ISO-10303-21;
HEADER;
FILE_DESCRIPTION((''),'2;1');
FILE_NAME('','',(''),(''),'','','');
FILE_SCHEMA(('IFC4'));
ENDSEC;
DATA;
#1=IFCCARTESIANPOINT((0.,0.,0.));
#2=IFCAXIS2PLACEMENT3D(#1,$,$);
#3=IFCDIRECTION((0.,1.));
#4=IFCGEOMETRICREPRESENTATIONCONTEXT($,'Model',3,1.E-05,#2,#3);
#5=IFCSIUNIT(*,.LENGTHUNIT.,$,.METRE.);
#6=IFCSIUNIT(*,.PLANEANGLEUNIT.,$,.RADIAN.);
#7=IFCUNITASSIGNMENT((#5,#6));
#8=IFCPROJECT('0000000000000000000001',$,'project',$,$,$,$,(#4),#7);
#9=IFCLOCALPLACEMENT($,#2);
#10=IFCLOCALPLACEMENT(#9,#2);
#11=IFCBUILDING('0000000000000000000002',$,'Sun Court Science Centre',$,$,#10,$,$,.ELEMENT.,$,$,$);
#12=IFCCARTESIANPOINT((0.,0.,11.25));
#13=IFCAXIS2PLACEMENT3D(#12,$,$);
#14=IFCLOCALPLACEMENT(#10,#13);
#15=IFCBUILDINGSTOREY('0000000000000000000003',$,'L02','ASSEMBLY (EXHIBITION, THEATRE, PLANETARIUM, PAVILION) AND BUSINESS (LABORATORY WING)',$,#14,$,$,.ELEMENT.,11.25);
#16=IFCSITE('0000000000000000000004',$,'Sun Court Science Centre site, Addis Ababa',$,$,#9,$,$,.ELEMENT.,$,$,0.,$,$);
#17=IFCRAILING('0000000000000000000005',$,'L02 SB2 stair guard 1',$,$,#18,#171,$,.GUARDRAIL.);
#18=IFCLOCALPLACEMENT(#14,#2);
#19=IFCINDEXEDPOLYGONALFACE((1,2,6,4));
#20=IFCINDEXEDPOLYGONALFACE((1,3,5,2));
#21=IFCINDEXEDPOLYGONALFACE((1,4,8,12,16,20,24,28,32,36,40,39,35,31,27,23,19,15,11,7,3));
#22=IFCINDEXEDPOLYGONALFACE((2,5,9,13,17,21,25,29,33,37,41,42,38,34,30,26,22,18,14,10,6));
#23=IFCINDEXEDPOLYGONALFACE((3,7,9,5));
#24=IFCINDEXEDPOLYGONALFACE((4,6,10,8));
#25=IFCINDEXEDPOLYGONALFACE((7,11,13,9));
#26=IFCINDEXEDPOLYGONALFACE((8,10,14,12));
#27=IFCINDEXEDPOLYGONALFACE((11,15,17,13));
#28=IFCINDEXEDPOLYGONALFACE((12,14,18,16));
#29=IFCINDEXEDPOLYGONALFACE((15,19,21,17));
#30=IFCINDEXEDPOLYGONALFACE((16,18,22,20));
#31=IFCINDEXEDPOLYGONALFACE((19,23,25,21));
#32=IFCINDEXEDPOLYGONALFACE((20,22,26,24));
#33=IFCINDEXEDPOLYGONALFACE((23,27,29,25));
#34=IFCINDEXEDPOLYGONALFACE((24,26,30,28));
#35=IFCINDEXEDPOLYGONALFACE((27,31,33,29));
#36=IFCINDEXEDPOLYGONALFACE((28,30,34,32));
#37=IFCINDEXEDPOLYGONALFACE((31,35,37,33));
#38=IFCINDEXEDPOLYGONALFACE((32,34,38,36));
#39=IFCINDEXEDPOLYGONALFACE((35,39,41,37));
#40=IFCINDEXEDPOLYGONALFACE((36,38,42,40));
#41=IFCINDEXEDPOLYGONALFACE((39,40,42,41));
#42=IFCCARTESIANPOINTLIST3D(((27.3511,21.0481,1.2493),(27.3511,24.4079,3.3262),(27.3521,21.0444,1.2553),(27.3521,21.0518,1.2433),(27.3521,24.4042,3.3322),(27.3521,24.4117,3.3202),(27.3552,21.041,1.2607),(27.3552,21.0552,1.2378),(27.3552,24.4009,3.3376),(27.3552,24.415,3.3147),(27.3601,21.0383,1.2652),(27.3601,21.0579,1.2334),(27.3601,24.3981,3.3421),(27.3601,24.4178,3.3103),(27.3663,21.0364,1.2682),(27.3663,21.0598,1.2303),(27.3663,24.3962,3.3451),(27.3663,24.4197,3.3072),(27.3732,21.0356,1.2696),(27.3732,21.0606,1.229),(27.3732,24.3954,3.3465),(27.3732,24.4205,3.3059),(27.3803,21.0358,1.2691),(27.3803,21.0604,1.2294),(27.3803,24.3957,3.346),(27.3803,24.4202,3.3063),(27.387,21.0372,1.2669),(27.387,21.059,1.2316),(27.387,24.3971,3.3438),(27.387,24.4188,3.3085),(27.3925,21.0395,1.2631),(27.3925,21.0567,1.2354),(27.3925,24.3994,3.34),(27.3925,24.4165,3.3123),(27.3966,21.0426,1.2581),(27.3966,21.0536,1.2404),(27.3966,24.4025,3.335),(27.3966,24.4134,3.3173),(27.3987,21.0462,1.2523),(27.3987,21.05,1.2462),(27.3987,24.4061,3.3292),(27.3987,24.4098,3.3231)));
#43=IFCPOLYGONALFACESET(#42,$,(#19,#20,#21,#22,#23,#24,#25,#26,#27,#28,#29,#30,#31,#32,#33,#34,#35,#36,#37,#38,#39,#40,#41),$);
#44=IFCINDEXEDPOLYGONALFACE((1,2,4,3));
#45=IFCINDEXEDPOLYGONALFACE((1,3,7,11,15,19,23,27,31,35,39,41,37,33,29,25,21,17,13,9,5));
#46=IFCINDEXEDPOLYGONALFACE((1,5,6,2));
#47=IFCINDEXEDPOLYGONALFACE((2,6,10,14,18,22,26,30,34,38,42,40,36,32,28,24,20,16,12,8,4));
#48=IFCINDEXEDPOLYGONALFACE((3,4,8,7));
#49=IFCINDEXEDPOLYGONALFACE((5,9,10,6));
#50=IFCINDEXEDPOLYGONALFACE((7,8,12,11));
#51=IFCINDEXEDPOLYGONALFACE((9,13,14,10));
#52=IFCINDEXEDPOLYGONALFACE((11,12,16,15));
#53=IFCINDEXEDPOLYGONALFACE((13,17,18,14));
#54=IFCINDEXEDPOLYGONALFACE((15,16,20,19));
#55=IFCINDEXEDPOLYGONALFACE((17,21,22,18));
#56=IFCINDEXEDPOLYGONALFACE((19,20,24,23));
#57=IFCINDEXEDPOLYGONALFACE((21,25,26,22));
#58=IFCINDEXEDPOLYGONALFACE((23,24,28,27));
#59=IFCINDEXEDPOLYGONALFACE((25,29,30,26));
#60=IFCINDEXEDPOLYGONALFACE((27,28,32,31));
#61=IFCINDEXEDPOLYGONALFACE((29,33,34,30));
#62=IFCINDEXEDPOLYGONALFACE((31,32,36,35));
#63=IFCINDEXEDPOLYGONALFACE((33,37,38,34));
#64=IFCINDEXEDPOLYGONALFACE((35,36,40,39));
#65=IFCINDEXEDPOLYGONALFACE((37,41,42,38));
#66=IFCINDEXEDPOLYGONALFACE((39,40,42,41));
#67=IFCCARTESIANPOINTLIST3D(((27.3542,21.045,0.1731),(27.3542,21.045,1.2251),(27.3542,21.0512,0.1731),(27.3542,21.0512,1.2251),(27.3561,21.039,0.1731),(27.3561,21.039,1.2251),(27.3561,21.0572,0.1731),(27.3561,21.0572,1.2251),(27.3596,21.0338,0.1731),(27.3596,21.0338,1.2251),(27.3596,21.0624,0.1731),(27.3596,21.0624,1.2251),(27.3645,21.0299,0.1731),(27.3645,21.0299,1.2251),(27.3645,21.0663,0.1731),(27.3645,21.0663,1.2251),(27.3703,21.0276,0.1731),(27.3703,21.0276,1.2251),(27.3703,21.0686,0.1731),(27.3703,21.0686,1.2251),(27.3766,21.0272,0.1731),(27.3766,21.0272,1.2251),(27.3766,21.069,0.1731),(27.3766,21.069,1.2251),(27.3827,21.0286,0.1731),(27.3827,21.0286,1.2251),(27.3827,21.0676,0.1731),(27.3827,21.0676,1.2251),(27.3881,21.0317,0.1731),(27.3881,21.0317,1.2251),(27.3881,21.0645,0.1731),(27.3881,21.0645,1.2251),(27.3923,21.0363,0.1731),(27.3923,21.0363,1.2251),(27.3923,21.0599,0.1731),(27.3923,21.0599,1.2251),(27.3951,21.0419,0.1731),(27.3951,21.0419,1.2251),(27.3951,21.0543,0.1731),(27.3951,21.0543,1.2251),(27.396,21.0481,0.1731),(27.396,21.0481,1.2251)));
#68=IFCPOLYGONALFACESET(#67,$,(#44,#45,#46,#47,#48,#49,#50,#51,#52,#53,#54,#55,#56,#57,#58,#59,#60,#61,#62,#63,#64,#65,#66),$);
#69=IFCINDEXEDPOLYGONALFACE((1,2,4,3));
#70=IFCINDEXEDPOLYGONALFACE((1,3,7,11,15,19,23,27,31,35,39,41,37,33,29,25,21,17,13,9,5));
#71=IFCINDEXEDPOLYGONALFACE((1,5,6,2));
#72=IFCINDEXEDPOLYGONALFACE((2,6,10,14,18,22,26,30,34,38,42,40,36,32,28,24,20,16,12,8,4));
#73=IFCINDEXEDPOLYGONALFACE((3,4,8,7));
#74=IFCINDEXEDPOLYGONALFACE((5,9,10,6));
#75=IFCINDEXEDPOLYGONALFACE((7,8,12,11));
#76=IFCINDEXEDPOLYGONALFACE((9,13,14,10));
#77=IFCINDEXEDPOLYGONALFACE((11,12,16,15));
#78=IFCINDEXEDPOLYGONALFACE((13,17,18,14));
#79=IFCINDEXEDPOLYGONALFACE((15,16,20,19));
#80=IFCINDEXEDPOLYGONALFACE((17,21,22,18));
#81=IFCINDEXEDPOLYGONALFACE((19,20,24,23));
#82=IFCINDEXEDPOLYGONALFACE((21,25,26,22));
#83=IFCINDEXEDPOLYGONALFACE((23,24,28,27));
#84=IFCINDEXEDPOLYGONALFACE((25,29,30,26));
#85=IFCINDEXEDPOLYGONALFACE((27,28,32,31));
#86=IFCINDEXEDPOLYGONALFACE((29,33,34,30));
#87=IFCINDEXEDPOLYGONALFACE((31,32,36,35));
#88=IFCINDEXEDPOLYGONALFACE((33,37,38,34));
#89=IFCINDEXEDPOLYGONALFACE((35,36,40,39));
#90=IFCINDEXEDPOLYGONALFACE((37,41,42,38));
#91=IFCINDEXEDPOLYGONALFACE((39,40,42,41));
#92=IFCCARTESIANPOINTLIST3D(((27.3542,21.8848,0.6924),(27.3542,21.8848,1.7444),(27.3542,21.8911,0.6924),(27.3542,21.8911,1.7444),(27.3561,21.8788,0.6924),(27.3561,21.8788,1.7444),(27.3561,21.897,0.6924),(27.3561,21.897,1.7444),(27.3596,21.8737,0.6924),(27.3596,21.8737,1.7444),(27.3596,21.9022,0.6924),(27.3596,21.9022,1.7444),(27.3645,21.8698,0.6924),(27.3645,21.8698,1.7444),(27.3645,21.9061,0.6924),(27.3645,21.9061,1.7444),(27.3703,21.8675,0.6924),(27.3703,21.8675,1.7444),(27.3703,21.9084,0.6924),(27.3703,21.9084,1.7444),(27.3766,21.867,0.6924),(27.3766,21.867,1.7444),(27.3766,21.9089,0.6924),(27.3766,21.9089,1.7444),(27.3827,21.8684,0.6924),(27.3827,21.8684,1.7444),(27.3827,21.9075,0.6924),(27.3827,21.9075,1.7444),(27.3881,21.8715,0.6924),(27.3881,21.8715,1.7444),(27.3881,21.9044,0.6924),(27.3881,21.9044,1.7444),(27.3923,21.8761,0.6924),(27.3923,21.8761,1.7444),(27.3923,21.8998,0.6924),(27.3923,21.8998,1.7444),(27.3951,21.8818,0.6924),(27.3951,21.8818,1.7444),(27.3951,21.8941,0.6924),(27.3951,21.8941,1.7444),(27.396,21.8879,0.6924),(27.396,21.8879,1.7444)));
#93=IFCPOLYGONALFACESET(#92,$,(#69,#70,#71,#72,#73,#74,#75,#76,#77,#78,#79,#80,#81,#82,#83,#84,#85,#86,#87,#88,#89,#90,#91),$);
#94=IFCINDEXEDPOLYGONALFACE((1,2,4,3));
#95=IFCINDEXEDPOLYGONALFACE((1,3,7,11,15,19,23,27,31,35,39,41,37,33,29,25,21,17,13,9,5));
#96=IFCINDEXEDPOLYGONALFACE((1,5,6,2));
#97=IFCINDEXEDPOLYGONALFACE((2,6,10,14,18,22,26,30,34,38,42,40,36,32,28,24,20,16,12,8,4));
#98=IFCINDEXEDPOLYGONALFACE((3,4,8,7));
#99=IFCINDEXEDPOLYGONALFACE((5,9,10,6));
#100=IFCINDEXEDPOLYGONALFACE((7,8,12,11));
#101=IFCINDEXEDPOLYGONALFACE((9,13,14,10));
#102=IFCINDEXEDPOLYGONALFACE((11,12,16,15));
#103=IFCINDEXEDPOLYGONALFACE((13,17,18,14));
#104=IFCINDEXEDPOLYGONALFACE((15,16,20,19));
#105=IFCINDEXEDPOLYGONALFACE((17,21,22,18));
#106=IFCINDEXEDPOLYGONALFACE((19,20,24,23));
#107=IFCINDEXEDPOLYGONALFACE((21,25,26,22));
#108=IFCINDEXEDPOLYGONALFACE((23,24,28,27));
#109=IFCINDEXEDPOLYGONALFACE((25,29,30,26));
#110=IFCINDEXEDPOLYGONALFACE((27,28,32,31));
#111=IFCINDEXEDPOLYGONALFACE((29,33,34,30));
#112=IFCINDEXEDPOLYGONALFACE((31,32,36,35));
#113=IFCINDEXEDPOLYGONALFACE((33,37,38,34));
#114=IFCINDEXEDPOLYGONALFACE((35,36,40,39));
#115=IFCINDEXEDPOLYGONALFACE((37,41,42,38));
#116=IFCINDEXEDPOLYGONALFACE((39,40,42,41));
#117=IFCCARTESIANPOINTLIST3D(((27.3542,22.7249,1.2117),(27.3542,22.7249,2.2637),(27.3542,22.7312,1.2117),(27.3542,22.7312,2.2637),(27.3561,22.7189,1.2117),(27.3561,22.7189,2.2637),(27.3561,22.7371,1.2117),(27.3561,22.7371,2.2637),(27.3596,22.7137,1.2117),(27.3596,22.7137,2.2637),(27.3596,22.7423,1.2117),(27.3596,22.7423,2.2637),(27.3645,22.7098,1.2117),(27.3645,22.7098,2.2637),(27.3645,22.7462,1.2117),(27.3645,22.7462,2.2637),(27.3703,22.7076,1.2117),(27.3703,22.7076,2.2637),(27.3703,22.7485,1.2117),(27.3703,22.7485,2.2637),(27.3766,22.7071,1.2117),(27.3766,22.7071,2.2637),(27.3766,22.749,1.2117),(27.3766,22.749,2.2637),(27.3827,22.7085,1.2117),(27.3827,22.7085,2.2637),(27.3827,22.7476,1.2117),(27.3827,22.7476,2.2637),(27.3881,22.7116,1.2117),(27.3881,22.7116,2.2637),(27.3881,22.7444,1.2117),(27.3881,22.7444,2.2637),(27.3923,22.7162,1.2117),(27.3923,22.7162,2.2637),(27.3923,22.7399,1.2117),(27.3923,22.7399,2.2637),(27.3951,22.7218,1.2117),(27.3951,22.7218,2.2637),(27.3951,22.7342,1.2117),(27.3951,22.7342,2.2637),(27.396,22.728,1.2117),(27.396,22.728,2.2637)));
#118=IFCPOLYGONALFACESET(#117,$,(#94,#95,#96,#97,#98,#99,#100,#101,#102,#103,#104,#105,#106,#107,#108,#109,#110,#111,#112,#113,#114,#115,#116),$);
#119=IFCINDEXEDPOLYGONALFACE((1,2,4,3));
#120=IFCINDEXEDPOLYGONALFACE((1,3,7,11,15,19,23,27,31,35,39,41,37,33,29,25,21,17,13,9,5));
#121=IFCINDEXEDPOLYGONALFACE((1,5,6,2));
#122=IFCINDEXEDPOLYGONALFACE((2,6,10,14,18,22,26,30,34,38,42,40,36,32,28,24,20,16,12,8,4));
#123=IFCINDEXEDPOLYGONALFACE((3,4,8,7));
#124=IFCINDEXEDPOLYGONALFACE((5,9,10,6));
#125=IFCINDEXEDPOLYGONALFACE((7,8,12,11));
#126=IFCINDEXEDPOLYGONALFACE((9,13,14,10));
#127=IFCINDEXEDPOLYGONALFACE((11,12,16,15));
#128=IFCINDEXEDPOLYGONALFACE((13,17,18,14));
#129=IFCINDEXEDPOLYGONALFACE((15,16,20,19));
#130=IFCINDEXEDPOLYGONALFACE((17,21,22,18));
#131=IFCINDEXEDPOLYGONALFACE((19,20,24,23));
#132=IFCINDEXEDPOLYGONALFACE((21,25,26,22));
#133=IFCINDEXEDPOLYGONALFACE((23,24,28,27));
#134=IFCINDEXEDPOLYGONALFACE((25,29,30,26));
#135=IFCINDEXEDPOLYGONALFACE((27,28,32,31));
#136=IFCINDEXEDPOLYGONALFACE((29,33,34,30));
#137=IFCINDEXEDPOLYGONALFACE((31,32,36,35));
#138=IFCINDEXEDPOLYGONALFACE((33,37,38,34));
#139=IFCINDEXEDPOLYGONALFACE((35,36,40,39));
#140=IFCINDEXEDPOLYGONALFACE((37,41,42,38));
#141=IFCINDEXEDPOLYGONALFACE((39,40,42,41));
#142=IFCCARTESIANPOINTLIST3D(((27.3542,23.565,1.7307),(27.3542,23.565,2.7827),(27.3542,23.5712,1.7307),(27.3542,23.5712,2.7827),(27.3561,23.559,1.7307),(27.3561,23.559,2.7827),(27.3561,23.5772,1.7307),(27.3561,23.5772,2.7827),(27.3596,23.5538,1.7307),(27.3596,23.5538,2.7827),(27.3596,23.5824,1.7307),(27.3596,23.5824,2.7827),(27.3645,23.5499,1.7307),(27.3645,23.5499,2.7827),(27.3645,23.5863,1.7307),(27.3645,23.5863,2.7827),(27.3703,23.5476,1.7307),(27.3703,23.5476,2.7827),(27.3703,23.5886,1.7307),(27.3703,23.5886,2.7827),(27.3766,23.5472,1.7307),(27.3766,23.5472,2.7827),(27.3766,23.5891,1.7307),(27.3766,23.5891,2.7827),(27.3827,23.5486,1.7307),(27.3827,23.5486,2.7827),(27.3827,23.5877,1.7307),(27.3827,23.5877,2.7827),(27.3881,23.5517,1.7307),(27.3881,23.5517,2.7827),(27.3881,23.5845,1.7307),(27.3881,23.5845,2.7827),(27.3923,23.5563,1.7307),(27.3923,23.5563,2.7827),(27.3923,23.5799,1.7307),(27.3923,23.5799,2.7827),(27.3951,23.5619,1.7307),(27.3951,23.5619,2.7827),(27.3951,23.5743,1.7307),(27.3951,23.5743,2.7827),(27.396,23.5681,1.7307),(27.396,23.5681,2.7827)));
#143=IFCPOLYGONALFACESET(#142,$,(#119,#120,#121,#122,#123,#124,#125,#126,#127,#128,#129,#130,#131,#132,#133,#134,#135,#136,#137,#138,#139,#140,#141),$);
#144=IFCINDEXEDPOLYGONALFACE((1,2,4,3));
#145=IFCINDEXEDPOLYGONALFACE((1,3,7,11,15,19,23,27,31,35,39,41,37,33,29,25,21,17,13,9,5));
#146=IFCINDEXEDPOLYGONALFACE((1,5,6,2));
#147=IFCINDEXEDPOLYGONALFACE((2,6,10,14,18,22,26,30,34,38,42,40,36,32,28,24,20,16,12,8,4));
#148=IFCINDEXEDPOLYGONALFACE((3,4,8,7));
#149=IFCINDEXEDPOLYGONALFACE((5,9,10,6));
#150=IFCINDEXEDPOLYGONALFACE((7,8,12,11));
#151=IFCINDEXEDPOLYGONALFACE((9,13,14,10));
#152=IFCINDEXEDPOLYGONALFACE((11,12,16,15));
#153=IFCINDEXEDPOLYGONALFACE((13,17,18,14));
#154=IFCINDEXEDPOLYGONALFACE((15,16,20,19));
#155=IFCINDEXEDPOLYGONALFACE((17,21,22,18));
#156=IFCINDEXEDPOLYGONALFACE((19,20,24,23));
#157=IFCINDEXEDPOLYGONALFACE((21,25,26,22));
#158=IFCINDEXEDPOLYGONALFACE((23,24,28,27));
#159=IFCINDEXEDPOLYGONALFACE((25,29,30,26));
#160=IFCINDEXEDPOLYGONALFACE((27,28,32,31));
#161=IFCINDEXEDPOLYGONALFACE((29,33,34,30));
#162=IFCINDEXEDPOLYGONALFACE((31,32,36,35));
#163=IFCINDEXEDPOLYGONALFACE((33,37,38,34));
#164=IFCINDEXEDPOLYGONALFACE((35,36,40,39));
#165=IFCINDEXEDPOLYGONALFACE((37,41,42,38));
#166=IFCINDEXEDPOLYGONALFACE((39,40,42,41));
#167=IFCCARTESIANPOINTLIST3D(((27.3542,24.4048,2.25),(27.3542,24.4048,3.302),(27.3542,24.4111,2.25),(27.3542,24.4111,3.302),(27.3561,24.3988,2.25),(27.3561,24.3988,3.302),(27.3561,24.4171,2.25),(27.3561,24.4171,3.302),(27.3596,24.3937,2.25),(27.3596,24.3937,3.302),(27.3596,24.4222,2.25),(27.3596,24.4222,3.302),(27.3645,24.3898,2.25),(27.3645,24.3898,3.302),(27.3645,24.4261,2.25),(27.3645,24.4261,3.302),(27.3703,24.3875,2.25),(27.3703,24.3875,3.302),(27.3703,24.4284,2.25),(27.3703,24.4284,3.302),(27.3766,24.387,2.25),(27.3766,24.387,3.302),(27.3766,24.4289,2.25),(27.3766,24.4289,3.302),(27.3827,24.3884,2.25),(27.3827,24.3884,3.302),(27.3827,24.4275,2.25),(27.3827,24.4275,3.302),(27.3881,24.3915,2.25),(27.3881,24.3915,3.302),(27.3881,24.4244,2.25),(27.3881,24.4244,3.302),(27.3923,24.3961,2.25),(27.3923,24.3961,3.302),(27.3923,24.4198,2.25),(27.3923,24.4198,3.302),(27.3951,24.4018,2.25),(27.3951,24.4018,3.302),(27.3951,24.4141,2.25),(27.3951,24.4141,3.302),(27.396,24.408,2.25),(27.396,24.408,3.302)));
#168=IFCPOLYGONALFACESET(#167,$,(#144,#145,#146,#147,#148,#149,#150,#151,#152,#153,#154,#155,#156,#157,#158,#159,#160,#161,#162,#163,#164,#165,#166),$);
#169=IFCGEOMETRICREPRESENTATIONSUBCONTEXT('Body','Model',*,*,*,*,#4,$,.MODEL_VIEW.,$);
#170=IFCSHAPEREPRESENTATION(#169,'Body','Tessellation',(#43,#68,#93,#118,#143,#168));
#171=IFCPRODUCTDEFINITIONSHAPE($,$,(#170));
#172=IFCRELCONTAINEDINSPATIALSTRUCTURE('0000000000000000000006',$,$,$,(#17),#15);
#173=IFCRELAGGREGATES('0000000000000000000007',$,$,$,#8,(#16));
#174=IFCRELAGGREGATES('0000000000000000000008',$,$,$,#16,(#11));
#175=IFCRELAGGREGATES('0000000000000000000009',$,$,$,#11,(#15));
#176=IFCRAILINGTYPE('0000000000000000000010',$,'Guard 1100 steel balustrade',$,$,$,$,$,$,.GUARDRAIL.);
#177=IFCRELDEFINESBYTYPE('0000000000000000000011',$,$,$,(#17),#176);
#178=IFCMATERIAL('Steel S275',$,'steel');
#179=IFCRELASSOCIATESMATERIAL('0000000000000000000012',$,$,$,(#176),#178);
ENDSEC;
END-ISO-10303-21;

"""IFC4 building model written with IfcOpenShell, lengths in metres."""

from ifc_helpers import new_model, si_unit, direction, frame, origin, origin_2d, place, context, subcontext, project, spatial, circle, extrude, material, type_object, element, save


model = new_model("IFC4")

# Units and contexts
model_context = context("Model", 3, precision=1e-05, world=origin(), true_north=direction((0.0, 1.0)))
body_context = subcontext(model_context, "Body", "Model", "MODEL_VIEW")
ifc_project = project(units=[si_unit("LENGTHUNIT", "METRE"), si_unit("PLANEANGLEUNIT", "RADIAN")], contexts=[model_context])

# Site, building, storey
site_placement = place(None, origin())
site = spatial("IfcSite", under=ifc_project, at=site_placement, Name="Sun Court Science Centre site, Addis Ababa", CompositionType="ELEMENT", RefElevation=0.0)
building_placement = place(site_placement, origin())
building = spatial("IfcBuilding", under=site, at=building_placement, Name="Sun Court Science Centre", CompositionType="ELEMENT")
storey_placement = place(building_placement, frame((0.0, 0.0, 11.25)))
storey = spatial("IfcBuildingStorey", under=building, at=storey_placement, Name="L02", Description="ASSEMBLY (EXHIBITION, THEATRE, PLANETARIUM, PAVILION) AND BUSINESS (LABORATORY WING)", CompositionType="ELEMENT", Elevation=11.25)

# Railing
ifc_material_1 = material(Name="Steel S275", Category="steel")
railing_type_1 = type_object("IfcRailingType", Name="Guard 1100 steel balustrade", PredefinedType="GUARDRAIL", material=ifc_material_1)
railing_1_placement = place(storey_placement, frame((27.375, 21.0481, 0.1731)))
element("IfcRailing", 1, at=railing_1_placement, inside=storey, type_object=railing_type_1, Name="L02 SB2 stair guard 1", PredefinedType="GUARDRAIL", context=body_context, shape_type="SweptSolid", body=[
    extrude(circle(Radius=0.0239, at=origin_2d()), frame((0.0, 0.0, 1.0762), z_axis=(0.0, 0.850606, 0.525803), x_axis=(-1.0, 0.0, 0.0)), (0.0, 0.0, 1.0), 3.95),
    extrude(circle(Radius=0.021, at=origin_2d()), origin(), (0.0, 0.0, 1.0), 1.052),
    extrude(circle(Radius=0.021, at=origin_2d()), frame((0.0, 0.8398, 0.5193)), (0.0, 0.0, 1.0), 1.052),
    extrude(circle(Radius=0.021, at=origin_2d()), frame((0.0, 1.6799, 1.0386)), (0.0, 0.0, 1.0), 1.052),
    extrude(circle(Radius=0.021, at=origin_2d()), frame((0.0, 2.52, 1.5576)), (0.0, 0.0, 1.0), 1.052),
    extrude(circle(Radius=0.021, at=origin_2d()), frame((0.0, 3.3599, 2.0769)), (0.0, 0.0, 1.0), 1.052),
])

save(model, "model.ifc")
